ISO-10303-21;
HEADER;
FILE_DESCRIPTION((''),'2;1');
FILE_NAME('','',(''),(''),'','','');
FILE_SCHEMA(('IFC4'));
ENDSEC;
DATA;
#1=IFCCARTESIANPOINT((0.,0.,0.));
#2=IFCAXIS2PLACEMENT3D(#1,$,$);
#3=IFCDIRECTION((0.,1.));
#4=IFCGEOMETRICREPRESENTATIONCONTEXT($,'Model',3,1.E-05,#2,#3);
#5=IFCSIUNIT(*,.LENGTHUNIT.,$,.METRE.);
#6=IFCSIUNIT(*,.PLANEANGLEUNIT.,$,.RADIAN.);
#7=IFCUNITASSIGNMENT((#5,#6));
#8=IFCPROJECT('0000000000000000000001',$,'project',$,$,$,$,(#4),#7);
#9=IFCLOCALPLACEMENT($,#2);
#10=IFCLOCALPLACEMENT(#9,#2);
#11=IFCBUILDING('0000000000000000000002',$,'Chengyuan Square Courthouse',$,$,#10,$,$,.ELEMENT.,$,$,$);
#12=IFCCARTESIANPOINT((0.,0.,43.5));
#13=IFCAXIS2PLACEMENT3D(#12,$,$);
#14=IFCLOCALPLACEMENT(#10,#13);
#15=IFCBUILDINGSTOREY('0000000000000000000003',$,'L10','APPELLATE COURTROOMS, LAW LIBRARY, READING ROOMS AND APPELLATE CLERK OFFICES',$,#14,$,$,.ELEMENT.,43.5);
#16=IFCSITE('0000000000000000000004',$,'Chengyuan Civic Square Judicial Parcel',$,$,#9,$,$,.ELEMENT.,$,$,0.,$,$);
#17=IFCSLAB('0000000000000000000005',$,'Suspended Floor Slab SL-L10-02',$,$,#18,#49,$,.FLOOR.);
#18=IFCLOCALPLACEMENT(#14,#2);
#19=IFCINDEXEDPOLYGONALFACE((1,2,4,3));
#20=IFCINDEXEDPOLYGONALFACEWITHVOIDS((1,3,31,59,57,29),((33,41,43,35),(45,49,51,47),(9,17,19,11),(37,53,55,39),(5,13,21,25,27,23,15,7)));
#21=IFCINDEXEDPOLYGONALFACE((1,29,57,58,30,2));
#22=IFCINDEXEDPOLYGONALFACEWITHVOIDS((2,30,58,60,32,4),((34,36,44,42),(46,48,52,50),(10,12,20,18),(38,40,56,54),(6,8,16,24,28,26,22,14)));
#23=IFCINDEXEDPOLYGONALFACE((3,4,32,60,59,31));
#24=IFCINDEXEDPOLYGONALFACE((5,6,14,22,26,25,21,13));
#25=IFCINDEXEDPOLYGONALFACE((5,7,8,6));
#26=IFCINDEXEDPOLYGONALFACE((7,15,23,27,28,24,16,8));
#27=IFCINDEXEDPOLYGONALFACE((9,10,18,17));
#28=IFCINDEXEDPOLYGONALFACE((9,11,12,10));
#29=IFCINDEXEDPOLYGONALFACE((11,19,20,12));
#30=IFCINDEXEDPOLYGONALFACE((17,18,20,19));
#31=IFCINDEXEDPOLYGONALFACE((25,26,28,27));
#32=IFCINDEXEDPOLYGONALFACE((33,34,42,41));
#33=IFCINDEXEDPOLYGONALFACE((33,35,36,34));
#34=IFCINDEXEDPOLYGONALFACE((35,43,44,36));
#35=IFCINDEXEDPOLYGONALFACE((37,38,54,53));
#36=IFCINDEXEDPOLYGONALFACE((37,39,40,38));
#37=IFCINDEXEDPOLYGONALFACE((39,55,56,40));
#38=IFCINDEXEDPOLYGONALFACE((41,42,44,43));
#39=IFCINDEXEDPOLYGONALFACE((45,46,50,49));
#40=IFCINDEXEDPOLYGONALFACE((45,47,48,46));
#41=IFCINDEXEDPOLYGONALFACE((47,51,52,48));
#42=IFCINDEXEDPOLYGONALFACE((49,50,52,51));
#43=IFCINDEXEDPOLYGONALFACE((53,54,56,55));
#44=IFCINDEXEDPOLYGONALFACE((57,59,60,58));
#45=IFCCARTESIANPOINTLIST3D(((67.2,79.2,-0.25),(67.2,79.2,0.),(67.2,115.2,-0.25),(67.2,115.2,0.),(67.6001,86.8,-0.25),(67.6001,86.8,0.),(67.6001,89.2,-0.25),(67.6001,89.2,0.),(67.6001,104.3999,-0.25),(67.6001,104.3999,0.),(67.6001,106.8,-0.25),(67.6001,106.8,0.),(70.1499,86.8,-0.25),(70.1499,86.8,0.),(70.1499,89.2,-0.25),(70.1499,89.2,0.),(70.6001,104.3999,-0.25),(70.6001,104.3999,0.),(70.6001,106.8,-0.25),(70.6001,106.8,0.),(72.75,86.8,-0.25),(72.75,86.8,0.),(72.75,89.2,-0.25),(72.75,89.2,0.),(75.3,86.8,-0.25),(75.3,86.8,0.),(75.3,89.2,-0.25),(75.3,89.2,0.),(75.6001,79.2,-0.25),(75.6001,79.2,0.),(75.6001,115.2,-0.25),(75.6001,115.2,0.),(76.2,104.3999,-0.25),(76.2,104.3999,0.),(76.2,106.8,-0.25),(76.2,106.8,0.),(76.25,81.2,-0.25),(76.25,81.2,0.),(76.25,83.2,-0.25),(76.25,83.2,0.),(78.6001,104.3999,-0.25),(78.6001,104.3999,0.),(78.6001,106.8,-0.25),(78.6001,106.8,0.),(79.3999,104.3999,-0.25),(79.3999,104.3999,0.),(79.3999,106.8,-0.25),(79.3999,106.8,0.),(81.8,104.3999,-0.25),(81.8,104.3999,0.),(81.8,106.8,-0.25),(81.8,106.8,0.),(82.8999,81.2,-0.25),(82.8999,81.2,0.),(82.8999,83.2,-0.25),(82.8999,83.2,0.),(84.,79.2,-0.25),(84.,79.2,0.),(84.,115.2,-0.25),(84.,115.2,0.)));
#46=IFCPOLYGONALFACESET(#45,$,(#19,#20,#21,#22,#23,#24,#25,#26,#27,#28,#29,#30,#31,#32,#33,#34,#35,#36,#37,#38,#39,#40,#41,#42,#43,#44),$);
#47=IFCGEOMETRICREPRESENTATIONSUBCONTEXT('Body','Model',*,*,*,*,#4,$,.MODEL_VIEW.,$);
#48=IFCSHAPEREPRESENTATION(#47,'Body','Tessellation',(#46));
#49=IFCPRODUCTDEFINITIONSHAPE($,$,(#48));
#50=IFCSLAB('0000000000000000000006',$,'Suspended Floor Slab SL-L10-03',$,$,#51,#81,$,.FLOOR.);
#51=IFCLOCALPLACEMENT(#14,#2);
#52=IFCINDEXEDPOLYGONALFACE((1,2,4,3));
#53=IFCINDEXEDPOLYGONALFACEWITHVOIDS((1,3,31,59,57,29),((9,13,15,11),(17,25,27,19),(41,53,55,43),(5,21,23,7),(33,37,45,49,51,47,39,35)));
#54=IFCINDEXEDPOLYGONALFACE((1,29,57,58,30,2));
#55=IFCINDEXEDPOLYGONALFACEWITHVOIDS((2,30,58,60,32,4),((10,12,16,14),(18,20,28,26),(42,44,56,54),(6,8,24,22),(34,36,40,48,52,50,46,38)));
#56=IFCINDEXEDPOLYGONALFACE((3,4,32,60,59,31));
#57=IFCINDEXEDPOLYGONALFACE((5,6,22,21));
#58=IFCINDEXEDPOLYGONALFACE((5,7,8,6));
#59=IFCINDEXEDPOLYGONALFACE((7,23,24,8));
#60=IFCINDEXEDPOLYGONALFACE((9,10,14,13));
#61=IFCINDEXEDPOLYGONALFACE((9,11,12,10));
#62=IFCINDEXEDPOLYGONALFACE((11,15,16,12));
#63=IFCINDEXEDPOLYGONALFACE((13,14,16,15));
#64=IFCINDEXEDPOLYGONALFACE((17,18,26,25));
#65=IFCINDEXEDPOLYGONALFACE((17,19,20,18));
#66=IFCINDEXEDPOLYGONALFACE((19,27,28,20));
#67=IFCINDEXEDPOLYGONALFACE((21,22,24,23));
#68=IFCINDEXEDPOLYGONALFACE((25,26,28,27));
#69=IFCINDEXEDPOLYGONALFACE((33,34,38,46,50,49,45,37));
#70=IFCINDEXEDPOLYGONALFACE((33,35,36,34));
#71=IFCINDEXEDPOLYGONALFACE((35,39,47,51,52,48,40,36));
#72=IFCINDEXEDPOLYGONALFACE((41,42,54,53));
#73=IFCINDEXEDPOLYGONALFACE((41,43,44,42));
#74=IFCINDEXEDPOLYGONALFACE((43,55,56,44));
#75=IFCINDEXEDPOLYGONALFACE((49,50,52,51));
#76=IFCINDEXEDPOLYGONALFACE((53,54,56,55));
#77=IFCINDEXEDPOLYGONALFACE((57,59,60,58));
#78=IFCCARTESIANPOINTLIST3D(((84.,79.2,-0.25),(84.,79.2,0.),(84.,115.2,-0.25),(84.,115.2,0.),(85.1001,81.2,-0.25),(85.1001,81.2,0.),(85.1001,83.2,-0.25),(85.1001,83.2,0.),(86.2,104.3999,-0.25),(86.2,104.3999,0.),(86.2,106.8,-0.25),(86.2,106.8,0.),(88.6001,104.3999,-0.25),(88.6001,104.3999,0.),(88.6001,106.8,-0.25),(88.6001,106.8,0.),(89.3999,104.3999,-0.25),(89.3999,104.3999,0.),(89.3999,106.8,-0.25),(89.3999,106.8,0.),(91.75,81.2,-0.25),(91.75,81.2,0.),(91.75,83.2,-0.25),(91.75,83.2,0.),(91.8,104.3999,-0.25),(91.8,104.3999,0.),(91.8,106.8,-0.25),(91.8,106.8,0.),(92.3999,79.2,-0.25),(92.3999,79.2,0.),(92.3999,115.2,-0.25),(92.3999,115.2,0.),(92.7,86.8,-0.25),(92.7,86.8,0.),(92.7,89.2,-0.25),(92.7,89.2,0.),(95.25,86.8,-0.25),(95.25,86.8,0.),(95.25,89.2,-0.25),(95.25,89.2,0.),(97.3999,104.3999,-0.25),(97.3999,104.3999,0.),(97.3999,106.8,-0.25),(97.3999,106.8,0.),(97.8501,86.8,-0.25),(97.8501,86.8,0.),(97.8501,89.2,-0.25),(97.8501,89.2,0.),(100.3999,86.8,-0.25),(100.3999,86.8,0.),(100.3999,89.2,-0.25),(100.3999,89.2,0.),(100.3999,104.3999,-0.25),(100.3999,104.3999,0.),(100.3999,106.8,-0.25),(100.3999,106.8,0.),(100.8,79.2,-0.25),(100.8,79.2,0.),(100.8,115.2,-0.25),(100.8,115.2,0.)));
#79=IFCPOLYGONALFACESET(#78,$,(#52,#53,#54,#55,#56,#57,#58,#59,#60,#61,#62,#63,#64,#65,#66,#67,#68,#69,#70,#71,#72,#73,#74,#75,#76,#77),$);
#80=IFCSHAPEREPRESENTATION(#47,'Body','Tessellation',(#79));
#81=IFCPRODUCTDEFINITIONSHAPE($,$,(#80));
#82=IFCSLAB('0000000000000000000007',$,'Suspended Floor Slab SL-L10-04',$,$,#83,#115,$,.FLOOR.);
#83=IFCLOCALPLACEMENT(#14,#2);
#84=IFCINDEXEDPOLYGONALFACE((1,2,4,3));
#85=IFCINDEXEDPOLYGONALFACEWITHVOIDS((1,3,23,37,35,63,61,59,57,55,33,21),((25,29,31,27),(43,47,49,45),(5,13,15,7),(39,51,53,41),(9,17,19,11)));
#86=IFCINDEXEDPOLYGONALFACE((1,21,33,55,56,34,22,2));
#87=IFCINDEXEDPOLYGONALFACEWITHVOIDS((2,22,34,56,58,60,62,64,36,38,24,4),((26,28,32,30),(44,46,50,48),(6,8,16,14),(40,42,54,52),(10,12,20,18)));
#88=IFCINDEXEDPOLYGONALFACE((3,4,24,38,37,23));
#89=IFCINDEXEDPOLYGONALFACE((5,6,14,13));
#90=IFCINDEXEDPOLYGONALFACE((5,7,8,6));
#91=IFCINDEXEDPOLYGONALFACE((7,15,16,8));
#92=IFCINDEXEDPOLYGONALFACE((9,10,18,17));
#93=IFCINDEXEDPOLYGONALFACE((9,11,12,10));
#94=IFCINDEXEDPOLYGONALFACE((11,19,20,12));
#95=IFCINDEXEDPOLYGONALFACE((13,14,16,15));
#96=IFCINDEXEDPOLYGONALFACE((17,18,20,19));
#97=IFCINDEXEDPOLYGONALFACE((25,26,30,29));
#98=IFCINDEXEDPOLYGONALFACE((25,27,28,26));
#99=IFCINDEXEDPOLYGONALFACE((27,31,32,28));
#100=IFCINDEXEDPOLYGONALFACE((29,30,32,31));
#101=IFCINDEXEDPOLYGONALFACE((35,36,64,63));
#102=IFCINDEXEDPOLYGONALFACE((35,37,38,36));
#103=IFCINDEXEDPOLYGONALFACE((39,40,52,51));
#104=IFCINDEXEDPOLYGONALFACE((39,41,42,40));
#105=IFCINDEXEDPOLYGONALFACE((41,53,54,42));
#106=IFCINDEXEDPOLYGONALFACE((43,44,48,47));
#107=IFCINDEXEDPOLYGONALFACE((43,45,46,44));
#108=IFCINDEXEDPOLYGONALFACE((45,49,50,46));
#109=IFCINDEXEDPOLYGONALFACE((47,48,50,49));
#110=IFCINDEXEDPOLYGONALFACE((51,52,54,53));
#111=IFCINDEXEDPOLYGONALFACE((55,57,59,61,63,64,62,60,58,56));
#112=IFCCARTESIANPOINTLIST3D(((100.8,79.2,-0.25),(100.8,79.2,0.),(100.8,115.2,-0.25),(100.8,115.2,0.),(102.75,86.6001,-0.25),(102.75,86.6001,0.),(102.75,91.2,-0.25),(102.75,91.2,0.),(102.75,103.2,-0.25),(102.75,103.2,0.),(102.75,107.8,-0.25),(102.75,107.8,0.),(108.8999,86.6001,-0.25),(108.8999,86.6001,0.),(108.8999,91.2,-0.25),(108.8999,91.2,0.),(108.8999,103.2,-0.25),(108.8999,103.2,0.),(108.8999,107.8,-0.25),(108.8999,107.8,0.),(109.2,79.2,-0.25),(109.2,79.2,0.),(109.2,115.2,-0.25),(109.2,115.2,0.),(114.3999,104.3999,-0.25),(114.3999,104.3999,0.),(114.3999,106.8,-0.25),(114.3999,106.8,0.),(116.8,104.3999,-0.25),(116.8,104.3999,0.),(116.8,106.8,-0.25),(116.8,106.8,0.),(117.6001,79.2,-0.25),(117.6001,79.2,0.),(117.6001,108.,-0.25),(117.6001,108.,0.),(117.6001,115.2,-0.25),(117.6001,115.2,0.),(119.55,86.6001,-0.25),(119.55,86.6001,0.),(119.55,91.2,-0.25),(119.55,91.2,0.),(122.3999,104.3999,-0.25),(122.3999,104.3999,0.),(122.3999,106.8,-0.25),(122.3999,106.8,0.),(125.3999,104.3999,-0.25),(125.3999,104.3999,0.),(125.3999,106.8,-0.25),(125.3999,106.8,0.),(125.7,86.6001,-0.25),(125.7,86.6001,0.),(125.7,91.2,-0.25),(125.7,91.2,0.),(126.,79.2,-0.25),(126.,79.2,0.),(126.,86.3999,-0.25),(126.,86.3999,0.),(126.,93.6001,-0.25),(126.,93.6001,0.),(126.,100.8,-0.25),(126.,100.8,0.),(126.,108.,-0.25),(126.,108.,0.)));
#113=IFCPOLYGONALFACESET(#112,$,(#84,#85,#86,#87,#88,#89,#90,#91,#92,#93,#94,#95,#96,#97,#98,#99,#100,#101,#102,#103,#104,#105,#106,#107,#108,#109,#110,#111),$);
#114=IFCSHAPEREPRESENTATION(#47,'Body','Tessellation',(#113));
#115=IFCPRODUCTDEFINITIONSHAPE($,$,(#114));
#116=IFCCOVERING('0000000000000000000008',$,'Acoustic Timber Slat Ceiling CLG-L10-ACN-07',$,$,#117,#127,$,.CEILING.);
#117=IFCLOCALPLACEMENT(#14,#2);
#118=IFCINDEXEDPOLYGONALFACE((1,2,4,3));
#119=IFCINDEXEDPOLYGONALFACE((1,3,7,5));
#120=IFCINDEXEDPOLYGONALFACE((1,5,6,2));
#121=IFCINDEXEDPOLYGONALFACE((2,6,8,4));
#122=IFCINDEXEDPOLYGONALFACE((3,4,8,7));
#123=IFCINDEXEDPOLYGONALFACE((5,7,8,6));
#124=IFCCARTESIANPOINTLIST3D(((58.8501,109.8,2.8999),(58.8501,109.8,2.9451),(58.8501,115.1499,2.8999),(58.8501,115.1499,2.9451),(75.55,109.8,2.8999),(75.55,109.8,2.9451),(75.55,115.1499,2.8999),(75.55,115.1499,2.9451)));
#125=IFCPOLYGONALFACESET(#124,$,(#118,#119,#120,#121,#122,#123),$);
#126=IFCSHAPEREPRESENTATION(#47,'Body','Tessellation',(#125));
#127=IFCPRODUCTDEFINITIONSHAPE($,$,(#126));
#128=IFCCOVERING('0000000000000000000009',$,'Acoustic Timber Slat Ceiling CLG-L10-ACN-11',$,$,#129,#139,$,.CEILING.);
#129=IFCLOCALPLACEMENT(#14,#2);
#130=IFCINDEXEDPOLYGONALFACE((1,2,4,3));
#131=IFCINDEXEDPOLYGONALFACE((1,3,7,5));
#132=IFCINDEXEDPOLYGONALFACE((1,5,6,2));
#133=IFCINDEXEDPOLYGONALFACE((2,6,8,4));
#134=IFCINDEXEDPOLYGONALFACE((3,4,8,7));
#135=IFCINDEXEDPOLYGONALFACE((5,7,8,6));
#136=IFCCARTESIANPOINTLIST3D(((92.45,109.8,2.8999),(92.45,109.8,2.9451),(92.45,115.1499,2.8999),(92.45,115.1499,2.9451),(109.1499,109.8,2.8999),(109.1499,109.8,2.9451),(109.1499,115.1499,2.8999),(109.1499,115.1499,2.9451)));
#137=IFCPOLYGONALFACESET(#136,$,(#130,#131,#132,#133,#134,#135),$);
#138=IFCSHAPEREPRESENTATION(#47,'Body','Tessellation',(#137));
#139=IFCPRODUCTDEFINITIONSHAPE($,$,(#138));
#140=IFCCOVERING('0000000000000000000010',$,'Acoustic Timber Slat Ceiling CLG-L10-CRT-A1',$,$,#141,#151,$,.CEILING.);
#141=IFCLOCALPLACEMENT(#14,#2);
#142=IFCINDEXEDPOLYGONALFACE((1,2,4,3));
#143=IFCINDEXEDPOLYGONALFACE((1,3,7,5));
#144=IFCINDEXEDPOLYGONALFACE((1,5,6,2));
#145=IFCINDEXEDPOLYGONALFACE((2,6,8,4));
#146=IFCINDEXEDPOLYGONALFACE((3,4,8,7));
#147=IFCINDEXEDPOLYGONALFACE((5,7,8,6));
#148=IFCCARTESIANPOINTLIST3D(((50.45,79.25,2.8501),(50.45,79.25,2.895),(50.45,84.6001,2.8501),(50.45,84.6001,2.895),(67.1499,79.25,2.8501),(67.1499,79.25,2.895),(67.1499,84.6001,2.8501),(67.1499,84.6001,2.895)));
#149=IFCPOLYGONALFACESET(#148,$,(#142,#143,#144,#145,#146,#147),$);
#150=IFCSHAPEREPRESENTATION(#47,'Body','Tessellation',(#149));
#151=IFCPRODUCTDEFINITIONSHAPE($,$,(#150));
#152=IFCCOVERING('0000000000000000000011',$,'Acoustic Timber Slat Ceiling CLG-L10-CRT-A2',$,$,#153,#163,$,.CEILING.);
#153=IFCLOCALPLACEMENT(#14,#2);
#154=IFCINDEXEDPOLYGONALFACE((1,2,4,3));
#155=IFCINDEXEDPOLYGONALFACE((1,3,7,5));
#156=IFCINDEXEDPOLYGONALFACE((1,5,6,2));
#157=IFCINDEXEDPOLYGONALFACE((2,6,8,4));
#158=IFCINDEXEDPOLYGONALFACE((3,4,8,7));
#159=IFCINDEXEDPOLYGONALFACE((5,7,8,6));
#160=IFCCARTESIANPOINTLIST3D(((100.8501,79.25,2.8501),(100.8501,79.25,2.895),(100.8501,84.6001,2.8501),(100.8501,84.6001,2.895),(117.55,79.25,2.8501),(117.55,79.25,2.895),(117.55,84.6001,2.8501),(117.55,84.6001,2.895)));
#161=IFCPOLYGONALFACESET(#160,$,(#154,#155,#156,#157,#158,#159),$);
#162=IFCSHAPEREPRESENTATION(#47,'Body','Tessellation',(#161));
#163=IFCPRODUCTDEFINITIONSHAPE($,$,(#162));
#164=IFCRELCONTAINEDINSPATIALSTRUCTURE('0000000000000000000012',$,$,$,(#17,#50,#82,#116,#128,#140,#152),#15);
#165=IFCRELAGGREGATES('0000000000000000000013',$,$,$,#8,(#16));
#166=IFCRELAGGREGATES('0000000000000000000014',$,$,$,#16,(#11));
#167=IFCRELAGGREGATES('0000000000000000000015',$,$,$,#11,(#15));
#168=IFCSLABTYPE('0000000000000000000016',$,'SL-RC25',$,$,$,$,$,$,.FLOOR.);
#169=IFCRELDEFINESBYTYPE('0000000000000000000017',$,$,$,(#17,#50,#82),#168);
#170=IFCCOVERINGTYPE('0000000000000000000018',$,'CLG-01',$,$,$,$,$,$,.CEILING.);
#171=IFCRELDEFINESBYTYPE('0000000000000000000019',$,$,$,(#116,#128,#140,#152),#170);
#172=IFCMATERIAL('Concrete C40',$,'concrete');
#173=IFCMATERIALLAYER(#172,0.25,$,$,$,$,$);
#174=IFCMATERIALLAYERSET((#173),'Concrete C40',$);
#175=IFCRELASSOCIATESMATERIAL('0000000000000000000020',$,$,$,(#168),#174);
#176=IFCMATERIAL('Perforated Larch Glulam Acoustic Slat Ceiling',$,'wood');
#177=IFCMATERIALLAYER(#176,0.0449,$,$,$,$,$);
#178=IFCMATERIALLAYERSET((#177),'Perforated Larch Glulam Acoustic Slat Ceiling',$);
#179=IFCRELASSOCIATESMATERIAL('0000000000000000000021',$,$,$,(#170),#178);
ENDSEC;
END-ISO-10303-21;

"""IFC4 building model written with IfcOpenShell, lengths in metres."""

from ifc_helpers import new_model, si_unit, direction, frame, origin, place, context, subcontext, project, spatial, polyline, outline, extrude, material, layer, layer_set, type_object, element, save


model = new_model("IFC4")

# Units and contexts
model_context = context("Model", 3, precision=1e-05, world=origin(), true_north=direction((0.0, 1.0)))
body_context = subcontext(model_context, "Body", "Model", "MODEL_VIEW")
ifc_project = project(units=[si_unit("LENGTHUNIT", "METRE"), si_unit("PLANEANGLEUNIT", "RADIAN")], contexts=[model_context])

# Site, building, storey
site_placement = place(None, origin())
site = spatial("IfcSite", under=ifc_project, at=site_placement, Name="Chengyuan Civic Square Judicial Parcel", CompositionType="ELEMENT", RefElevation=0.0)
building_placement = place(site_placement, origin())
building = spatial("IfcBuilding", under=site, at=building_placement, Name="Chengyuan Square Courthouse", CompositionType="ELEMENT")
storey_placement = place(building_placement, frame((0.0, 0.0, 43.5)))
storey = spatial("IfcBuildingStorey", under=building, at=storey_placement, Name="L10", Description="APPELLATE COURTROOMS, LAW LIBRARY, READING ROOMS AND APPELLATE CLERK OFFICES", CompositionType="ELEMENT", Elevation=43.5)

# Shared definitions
ifc_material_1 = material(Name="Concrete C40", Category="concrete")

# Slabs
ifc_layer_1 = layer(ifc_material_1, 0.25)
ifc_layer_set_1 = layer_set([ifc_layer_1], Name="Concrete C40")
slab_type_1 = type_object("IfcSlabType", Name="SL-RC25", PredefinedType="FLOOR", material=ifc_layer_set_1)
slab_1_placement = place(storey_placement, frame((0.0, 0.0, -0.25)))
element("IfcSlab", 1, at=slab_1_placement, inside=storey, type_object=slab_type_1, Name="Suspended Floor Slab SL-L10-02", PredefinedType="FLOOR", context=body_context, shape_type="SweptSolid", body=[
    extrude(outline(polyline([(75.6001, 115.2), (84.0, 115.2), (84.0, 79.2), (75.6001, 79.2), (67.2, 79.2), (67.2, 115.2), (75.6001, 115.2)]), holes=[polyline([(76.25, 83.2), (76.25, 81.2), (82.8999, 81.2), (82.8999, 83.2), (76.25, 83.2)]), polyline([(70.1499, 89.2), (67.6001, 89.2), (67.6001, 86.8), (70.1499, 86.8), (72.75, 86.8), (75.3, 86.8), (75.3, 89.2), (72.75, 89.2), (70.1499, 89.2)]), polyline([(67.6001, 106.8), (67.6001, 104.3999), (70.6001, 104.3999), (70.6001, 106.8), (67.6001, 106.8)]), polyline([(78.6001, 106.8), (76.2, 106.8), (76.2, 104.3999), (78.6001, 104.3999), (78.6001, 106.8)]), polyline([(81.8, 106.8), (79.3999, 106.8), (79.3999, 104.3999), (81.8, 104.3999), (81.8, 106.8)])]), origin(), (0.0, 0.0, 1.0), 0.25),
])
slab_2_placement = place(storey_placement, frame((0.0, 0.0, -0.25)))
element("IfcSlab", 2, at=slab_2_placement, inside=storey, type_object=slab_type_1, Name="Suspended Floor Slab SL-L10-03", PredefinedType="FLOOR", context=body_context, shape_type="SweptSolid", body=[
    extrude(outline(polyline([(92.3999, 115.2), (100.8, 115.2), (100.8, 79.2), (92.3999, 79.2), (84.0, 79.2), (84.0, 115.2), (92.3999, 115.2)]), holes=[polyline([(85.1001, 83.2), (85.1001, 81.2), (91.75, 81.2), (91.75, 83.2), (85.1001, 83.2)]), polyline([(95.25, 89.2), (92.7, 89.2), (92.7, 86.8), (95.25, 86.8), (97.8501, 86.8), (100.3999, 86.8), (100.3999, 89.2), (97.8501, 89.2), (95.25, 89.2)]), polyline([(88.6001, 106.8), (86.2, 106.8), (86.2, 104.3999), (88.6001, 104.3999), (88.6001, 106.8)]), polyline([(91.8, 106.8), (89.3999, 106.8), (89.3999, 104.3999), (91.8, 104.3999), (91.8, 106.8)]), polyline([(97.3999, 106.8), (97.3999, 104.3999), (100.3999, 104.3999), (100.3999, 106.8), (97.3999, 106.8)])]), origin(), (0.0, 0.0, 1.0), 0.25),
])
slab_3_placement = place(storey_placement, frame((0.0, 0.0, -0.25)))
element("IfcSlab", 3, at=slab_3_placement, inside=storey, type_object=slab_type_1, Name="Suspended Floor Slab SL-L10-04", PredefinedType="FLOOR", context=body_context, shape_type="SweptSolid", body=[
    extrude(outline(polyline([(109.2, 115.2), (117.6001, 115.2), (117.6001, 108.0), (126.0, 108.0), (126.0, 100.8), (126.0, 93.6001), (126.0, 86.3999), (126.0, 79.2), (117.6001, 79.2), (109.2, 79.2), (100.8, 79.2), (100.8, 115.2), (109.2, 115.2)]), holes=[polyline([(108.8999, 91.2), (102.75, 91.2), (102.75, 86.6001), (108.8999, 86.6001), (108.8999, 91.2)]), polyline([(125.7, 91.2), (119.55, 91.2), (119.55, 86.6001), (125.7, 86.6001), (125.7, 91.2)]), polyline([(102.75, 107.8), (102.75, 103.2), (108.8999, 103.2), (108.8999, 107.8), (102.75, 107.8)]), polyline([(116.8, 106.8), (114.3999, 106.8), (114.3999, 104.3999), (116.8, 104.3999), (116.8, 106.8)]), polyline([(125.3999, 106.8), (122.3999, 106.8), (122.3999, 104.3999), (125.3999, 104.3999), (125.3999, 106.8)])]), origin(), (0.0, 0.0, 1.0), 0.25),
])

# Coverings
ifc_material_2 = material(Name="Perforated Larch Glulam Acoustic Slat Ceiling", Category="wood")
ifc_layer_2 = layer(ifc_material_2, 0.0449)
ifc_layer_set_2 = layer_set([ifc_layer_2], Name="Perforated Larch Glulam Acoustic Slat Ceiling")
covering_type = type_object("IfcCoveringType", Name="CLG-01", PredefinedType="CEILING", material=ifc_layer_set_2)
covering_1_placement = place(storey_placement, frame((0.0, 0.0, 2.8999)))
element("IfcCovering", 4, at=covering_1_placement, inside=storey, type_object=covering_type, Name="Acoustic Timber Slat Ceiling CLG-L10-ACN-07", PredefinedType="CEILING", context=body_context, shape_type="SweptSolid", body=[
    extrude(outline(polyline([(58.8501, 109.8), (75.55, 109.8), (75.55, 115.1499), (58.8501, 115.1499), (58.8501, 109.8)])), origin(), (0.0, 0.0, 1.0), 0.0452),
])
covering_2_placement = place(storey_placement, frame((0.0, 0.0, 2.8999)))
element("IfcCovering", 5, at=covering_2_placement, inside=storey, type_object=covering_type, Name="Acoustic Timber Slat Ceiling CLG-L10-ACN-11", PredefinedType="CEILING", context=body_context, shape_type="SweptSolid", body=[
    extrude(outline(polyline([(92.45, 109.8), (109.1499, 109.8), (109.1499, 115.1499), (92.45, 115.1499), (92.45, 109.8)])), origin(), (0.0, 0.0, 1.0), 0.0452),
])
covering_3_placement = place(storey_placement, frame((0.0, 0.0, 2.8501)))
element("IfcCovering", 6, at=covering_3_placement, inside=storey, type_object=covering_type, Name="Acoustic Timber Slat Ceiling CLG-L10-CRT-A1", PredefinedType="CEILING", context=body_context, shape_type="SweptSolid", body=[
    extrude(outline(polyline([(50.45, 79.25), (67.1499, 79.25), (67.1499, 84.6001), (50.45, 84.6001), (50.45, 79.25)])), origin(), (0.0, 0.0, 1.0), 0.0449),
])
covering_4_placement = place(storey_placement, frame((0.0, 0.0, 2.8501)))
element("IfcCovering", 7, at=covering_4_placement, inside=storey, type_object=covering_type, Name="Acoustic Timber Slat Ceiling CLG-L10-CRT-A2", PredefinedType="CEILING", context=body_context, shape_type="SweptSolid", body=[
    extrude(outline(polyline([(100.8501, 79.25), (117.55, 79.25), (117.55, 84.6001), (100.8501, 84.6001), (100.8501, 79.25)])), origin(), (0.0, 0.0, 1.0), 0.0449),
])

save(model, "model.ifc")
